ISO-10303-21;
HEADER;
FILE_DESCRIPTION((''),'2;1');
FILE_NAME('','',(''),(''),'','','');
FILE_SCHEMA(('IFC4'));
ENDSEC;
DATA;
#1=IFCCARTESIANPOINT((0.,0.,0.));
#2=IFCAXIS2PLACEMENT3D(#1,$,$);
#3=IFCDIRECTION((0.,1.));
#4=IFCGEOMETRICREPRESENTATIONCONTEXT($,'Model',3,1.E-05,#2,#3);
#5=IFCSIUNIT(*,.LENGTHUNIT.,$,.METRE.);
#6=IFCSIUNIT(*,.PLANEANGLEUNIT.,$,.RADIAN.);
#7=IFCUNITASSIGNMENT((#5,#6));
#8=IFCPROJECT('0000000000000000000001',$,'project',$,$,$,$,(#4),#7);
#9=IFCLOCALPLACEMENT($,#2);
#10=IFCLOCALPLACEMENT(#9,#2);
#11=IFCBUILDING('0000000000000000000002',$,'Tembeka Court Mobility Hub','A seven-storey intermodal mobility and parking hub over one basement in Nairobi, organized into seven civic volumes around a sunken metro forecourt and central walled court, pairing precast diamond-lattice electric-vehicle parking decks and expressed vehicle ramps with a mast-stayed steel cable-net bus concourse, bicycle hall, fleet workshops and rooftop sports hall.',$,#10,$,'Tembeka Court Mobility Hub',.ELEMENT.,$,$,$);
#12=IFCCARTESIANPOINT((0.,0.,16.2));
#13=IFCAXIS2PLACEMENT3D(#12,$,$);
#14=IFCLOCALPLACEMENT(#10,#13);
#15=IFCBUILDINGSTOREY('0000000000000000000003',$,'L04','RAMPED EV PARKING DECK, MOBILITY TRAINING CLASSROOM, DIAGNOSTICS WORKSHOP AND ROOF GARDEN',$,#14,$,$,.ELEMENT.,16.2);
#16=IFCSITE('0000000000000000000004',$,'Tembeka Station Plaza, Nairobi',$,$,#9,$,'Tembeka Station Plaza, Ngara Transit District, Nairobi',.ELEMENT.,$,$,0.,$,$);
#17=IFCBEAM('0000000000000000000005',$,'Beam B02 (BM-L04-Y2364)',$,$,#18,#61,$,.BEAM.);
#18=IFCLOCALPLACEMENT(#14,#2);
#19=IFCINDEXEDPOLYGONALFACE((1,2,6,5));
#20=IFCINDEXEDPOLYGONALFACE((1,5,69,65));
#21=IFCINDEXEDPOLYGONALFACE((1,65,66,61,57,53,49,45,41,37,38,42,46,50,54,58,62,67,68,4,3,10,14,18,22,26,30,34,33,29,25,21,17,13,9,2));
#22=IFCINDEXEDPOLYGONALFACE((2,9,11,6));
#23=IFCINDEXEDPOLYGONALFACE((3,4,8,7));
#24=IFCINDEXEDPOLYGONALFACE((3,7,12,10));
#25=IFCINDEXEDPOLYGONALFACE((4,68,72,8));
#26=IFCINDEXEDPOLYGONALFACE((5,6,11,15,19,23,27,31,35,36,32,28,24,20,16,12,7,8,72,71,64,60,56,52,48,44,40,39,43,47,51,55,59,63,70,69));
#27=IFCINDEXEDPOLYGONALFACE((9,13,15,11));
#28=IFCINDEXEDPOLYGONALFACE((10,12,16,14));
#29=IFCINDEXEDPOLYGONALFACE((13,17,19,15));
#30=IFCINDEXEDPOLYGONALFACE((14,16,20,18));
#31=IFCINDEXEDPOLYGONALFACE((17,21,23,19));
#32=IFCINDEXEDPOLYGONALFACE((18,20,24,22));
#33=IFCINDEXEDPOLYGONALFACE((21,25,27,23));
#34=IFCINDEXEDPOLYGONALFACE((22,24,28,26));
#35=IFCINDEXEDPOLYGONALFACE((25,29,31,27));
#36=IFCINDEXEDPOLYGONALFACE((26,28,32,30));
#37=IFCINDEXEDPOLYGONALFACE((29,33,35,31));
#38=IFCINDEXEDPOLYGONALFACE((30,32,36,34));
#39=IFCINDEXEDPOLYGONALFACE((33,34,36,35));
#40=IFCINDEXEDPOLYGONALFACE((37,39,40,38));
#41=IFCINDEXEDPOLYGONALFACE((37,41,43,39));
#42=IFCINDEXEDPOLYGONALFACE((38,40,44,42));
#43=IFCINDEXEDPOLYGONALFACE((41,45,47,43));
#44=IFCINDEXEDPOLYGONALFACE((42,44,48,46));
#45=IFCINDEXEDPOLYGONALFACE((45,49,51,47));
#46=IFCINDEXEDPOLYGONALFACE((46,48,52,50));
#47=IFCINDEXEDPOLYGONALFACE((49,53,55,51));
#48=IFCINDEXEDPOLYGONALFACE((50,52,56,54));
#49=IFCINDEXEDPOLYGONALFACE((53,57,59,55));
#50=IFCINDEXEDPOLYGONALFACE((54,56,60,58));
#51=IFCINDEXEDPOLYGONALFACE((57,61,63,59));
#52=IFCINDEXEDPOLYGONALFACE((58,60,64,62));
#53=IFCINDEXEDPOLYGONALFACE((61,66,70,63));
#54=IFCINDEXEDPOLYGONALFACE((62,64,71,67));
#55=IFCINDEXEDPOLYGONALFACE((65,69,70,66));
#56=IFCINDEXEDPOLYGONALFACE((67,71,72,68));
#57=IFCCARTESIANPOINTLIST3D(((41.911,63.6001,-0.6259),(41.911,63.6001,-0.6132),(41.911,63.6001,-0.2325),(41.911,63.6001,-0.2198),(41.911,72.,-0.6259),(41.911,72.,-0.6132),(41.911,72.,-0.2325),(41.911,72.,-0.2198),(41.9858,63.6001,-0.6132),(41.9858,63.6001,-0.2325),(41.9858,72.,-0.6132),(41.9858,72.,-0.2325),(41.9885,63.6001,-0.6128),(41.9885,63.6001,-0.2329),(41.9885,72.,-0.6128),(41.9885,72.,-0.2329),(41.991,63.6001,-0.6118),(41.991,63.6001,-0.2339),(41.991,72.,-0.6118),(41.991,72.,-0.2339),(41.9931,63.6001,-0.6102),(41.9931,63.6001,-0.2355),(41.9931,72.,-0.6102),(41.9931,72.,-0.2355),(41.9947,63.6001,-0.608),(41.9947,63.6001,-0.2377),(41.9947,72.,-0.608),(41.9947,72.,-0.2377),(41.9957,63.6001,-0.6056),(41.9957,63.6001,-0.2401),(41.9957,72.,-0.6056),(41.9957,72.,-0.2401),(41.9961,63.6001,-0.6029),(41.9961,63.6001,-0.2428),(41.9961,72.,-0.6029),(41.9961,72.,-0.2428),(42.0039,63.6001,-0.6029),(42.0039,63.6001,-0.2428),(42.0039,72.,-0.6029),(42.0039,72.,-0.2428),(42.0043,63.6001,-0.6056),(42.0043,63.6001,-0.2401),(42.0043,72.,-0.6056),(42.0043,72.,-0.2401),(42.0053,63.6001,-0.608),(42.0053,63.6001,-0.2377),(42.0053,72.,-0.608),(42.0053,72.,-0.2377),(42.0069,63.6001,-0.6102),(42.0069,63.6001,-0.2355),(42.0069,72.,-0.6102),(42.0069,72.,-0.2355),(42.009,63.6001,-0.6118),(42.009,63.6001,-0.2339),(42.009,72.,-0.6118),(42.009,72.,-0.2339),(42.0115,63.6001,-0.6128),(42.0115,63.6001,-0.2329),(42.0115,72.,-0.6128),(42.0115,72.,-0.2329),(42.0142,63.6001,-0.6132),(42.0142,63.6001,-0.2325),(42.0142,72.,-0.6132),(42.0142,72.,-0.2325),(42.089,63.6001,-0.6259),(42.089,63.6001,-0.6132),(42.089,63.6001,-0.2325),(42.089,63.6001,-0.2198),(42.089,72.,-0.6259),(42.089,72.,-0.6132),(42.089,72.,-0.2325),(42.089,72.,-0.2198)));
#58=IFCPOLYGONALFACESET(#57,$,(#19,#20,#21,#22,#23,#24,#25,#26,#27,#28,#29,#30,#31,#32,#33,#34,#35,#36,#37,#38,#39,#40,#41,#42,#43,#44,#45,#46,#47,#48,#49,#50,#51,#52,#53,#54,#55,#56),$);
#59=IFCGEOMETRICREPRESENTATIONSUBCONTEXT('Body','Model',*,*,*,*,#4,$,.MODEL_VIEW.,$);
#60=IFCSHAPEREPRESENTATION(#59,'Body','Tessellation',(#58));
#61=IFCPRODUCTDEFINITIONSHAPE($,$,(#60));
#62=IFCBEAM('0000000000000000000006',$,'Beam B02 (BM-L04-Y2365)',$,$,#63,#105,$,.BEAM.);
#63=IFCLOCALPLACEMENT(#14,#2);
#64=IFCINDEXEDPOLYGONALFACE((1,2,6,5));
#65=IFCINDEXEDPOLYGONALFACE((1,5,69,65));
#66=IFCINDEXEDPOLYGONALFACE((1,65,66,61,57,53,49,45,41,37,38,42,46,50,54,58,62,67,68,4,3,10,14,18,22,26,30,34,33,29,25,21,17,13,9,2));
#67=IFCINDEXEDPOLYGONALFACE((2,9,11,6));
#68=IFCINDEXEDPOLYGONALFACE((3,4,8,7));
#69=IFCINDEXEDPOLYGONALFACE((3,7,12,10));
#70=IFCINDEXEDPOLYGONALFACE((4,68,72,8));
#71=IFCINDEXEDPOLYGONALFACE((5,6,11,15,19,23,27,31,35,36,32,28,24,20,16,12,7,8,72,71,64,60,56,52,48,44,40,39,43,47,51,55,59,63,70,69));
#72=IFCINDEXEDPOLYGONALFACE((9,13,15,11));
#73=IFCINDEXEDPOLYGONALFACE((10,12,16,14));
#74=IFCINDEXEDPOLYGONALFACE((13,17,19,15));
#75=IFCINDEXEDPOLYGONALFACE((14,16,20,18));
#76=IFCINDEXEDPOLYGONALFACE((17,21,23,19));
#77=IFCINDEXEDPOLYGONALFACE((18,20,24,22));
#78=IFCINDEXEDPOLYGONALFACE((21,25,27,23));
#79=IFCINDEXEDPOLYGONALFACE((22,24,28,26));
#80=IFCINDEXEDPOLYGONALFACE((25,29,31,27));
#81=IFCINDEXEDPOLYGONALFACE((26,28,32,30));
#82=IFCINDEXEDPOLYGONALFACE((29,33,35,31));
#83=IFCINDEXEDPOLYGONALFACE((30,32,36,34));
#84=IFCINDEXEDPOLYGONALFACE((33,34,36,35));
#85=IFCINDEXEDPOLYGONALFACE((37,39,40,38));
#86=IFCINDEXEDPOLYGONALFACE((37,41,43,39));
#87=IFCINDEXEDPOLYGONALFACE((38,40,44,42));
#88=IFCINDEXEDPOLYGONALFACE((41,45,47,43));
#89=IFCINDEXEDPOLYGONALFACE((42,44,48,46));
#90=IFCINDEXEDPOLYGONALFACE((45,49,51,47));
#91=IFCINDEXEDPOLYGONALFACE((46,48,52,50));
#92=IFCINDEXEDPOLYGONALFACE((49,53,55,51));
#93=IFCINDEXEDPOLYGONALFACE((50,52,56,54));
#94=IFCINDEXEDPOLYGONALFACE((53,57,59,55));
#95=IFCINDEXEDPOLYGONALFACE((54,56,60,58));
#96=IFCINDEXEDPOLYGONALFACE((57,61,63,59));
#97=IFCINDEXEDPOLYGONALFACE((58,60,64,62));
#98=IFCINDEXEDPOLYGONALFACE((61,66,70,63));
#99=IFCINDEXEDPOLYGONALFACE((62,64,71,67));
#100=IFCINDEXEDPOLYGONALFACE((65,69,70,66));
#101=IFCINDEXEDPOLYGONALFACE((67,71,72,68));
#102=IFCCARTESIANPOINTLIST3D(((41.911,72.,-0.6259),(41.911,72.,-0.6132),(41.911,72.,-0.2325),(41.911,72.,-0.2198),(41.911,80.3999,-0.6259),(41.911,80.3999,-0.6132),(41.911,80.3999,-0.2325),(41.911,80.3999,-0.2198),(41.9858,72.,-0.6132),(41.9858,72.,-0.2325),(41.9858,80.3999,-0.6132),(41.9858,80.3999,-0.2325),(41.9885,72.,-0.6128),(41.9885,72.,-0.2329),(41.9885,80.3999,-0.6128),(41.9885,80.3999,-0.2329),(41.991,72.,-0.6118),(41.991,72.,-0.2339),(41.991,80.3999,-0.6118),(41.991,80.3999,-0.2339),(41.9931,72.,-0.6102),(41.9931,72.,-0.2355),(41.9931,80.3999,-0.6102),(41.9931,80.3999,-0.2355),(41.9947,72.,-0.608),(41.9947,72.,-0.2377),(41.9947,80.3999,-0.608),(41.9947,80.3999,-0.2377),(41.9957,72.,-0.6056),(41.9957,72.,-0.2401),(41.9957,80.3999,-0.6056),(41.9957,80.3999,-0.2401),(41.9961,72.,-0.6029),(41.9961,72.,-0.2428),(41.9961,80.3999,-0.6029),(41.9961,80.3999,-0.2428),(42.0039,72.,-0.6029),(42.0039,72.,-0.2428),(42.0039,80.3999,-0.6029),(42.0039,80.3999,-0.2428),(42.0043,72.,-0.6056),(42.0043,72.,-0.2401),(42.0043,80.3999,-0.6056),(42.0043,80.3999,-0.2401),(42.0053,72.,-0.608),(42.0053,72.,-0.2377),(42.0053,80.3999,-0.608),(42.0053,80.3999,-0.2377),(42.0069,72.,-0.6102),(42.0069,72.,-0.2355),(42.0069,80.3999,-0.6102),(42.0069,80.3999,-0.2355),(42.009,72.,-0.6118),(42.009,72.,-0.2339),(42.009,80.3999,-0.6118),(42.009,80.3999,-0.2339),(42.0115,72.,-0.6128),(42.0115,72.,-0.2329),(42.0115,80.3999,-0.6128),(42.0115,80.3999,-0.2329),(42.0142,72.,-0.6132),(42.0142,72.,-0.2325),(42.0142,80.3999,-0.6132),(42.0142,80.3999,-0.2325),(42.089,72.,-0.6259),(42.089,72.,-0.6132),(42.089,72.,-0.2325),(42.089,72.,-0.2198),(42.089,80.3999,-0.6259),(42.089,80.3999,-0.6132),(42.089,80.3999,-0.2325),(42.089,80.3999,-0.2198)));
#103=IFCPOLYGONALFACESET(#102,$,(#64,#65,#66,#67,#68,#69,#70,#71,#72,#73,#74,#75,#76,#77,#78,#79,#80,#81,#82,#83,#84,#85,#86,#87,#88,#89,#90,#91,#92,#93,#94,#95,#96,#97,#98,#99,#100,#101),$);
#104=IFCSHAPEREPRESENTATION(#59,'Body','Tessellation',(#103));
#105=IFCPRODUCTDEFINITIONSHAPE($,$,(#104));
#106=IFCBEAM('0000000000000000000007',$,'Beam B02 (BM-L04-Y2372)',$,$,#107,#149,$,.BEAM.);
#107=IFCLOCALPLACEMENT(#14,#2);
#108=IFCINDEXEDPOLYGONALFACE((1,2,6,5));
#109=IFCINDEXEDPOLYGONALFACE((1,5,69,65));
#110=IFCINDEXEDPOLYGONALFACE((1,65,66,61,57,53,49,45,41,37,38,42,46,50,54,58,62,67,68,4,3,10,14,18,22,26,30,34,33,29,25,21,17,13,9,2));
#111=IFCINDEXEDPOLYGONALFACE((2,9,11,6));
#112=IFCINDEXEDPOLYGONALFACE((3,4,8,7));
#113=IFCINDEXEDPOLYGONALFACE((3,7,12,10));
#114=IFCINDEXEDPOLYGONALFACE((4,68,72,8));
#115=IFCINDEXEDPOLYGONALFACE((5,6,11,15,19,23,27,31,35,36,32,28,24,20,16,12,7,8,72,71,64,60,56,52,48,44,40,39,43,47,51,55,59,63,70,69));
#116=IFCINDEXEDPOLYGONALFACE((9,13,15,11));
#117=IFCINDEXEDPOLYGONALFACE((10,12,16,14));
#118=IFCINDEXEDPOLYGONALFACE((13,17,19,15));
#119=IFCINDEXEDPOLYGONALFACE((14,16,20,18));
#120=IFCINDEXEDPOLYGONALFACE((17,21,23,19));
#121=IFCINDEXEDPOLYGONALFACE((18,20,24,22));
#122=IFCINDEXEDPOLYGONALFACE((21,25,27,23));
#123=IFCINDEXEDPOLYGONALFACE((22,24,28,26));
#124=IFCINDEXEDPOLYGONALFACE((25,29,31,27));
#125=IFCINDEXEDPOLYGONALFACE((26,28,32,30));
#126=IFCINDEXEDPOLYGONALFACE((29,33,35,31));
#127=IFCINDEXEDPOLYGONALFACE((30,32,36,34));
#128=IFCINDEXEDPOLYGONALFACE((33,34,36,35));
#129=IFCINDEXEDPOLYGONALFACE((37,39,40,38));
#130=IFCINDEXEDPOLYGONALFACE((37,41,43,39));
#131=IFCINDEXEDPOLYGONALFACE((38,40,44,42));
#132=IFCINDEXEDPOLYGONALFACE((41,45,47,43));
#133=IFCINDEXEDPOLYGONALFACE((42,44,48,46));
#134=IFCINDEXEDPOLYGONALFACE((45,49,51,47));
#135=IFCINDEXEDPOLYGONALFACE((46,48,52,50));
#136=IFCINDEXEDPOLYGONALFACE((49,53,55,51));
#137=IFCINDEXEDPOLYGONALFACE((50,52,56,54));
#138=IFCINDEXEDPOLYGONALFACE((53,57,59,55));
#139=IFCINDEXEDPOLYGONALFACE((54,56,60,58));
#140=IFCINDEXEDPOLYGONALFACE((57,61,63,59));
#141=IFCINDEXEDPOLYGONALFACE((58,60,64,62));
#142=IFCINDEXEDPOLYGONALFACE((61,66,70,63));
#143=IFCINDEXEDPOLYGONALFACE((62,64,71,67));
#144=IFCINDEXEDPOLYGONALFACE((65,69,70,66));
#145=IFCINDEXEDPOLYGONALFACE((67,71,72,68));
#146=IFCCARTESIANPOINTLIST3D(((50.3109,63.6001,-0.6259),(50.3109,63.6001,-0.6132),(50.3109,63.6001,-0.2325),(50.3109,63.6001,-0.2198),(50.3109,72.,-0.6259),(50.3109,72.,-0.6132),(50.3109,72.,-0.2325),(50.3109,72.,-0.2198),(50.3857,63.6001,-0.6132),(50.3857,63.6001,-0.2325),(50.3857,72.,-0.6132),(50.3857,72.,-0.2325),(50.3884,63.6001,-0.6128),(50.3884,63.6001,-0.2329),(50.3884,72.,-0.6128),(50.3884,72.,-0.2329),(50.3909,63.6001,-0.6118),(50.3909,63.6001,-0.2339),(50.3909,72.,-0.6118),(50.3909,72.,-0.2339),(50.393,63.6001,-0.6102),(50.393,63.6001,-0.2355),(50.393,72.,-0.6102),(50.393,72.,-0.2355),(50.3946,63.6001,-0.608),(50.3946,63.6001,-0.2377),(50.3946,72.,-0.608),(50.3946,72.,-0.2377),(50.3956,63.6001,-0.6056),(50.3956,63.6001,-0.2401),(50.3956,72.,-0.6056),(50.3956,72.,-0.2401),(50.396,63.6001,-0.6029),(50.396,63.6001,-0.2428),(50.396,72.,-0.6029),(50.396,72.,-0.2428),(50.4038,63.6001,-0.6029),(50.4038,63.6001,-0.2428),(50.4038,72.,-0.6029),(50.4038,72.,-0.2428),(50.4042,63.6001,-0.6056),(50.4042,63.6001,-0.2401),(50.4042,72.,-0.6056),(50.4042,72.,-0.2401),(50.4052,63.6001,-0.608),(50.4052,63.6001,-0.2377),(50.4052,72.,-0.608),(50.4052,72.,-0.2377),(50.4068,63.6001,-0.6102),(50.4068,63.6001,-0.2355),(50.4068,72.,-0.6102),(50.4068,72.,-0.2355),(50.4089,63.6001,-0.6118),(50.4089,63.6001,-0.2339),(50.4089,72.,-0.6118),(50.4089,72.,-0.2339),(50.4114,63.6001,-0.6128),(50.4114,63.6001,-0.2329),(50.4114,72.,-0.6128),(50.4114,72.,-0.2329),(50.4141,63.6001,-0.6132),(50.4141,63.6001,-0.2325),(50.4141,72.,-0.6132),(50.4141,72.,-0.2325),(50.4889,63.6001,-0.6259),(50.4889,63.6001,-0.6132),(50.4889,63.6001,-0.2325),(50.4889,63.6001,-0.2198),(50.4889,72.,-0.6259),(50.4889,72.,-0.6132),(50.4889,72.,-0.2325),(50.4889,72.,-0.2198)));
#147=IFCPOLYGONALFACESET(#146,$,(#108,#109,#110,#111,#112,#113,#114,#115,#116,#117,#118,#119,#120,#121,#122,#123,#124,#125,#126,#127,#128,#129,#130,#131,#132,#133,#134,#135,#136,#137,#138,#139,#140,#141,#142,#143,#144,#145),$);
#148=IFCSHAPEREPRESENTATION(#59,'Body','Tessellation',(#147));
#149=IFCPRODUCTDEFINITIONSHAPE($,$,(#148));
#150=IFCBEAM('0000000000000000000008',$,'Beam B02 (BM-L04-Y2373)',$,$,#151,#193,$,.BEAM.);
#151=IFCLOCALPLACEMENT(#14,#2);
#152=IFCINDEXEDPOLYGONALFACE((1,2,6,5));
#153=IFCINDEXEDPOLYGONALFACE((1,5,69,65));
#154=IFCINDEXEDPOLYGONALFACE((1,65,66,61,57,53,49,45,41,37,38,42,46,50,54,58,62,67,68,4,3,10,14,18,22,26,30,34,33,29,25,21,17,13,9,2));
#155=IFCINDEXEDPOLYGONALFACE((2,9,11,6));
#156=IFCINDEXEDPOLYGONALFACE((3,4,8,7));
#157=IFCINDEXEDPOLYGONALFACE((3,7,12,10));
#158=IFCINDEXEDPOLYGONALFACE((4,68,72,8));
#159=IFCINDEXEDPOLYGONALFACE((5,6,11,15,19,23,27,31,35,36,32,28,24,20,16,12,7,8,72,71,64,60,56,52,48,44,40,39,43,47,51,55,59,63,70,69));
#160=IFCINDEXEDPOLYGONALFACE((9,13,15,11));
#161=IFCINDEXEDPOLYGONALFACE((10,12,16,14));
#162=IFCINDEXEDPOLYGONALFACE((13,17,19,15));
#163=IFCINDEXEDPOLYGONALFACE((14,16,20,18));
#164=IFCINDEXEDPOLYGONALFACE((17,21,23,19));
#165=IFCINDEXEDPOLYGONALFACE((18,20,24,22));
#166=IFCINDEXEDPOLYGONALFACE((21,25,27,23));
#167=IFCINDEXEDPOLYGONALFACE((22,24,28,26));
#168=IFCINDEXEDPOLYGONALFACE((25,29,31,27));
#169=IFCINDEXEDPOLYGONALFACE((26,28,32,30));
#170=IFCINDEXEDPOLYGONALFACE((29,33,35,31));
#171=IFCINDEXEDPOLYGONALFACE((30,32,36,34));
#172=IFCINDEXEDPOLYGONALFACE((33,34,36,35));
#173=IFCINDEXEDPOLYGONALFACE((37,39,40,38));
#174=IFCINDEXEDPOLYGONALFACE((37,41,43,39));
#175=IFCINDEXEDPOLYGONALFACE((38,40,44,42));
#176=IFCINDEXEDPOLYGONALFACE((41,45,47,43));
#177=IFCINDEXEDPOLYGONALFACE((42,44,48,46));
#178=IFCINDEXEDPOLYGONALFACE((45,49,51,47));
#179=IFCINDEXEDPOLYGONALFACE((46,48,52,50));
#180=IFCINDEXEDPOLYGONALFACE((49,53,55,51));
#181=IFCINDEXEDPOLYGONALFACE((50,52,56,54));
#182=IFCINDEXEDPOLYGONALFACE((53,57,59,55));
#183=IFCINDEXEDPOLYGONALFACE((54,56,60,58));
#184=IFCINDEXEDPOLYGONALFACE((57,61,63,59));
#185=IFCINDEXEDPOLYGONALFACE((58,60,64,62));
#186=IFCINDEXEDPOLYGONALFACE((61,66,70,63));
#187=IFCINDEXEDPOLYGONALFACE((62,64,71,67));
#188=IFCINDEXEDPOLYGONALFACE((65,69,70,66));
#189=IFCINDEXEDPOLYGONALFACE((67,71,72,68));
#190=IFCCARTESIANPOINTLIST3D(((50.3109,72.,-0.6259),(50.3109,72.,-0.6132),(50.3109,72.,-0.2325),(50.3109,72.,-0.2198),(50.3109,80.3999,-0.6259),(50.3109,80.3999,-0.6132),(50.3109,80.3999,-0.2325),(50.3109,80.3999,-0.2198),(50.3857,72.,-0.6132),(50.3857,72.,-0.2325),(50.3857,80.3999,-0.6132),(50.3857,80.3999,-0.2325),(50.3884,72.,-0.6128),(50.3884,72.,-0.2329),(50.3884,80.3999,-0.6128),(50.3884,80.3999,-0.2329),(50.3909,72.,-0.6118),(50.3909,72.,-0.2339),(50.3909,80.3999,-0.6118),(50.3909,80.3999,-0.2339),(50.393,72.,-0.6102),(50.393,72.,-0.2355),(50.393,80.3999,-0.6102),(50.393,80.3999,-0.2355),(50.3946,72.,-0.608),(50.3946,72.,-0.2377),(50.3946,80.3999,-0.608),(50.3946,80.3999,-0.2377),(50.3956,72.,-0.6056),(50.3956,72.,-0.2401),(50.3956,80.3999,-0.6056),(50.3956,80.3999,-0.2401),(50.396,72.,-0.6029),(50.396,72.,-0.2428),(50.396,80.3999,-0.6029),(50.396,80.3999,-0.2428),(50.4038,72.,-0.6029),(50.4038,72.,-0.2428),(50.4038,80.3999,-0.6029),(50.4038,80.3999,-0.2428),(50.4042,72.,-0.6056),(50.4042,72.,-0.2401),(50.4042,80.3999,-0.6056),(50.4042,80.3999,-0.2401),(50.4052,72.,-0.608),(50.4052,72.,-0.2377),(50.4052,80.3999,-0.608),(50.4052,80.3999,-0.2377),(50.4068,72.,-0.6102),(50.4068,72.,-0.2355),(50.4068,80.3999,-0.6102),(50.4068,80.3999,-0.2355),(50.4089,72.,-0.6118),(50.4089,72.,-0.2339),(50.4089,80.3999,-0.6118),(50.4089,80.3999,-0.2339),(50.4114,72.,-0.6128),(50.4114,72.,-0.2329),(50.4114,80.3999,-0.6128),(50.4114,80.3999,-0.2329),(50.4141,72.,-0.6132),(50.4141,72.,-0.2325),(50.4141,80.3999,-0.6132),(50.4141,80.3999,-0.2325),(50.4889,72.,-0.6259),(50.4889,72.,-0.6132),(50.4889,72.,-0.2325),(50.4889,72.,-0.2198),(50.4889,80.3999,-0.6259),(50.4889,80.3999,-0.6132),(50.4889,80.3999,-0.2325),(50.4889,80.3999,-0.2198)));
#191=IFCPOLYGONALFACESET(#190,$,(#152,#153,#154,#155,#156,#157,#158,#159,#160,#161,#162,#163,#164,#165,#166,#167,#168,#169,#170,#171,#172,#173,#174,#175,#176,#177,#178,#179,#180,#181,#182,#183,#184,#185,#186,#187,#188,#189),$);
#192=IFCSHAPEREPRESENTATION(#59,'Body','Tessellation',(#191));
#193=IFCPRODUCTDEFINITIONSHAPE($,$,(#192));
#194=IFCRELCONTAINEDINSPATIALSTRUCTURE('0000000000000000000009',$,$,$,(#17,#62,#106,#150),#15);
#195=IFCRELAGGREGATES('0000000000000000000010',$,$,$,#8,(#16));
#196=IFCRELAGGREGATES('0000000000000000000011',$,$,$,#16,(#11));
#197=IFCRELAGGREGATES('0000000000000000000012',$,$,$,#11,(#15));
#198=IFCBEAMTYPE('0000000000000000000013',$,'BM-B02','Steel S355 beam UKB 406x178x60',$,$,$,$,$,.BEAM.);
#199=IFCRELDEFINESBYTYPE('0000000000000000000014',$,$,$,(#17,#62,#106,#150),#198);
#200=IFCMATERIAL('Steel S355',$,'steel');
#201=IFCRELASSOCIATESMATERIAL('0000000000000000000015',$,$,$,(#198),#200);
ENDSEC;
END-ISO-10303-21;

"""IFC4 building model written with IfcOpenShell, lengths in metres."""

from ifc_helpers import new_model, si_unit, direction, frame, origin, origin_2d, place, context, subcontext, project, spatial, i_section, extrude, material, material_profile, profile_set, type_object, element, save


model = new_model("IFC4")

# Units and contexts
model_context = context("Model", 3, precision=1e-05, world=origin(), true_north=direction((0.0, 1.0)))
body_context = subcontext(model_context, "Body", "Model", "MODEL_VIEW")
ifc_project = project(units=[si_unit("LENGTHUNIT", "METRE"), si_unit("PLANEANGLEUNIT", "RADIAN")], contexts=[model_context])

# Site, building, storey
site_placement = place(None, origin())
site = spatial("IfcSite", under=ifc_project, at=site_placement, Name="Tembeka Station Plaza, Nairobi", LongName="Tembeka Station Plaza, Ngara Transit District, Nairobi", CompositionType="ELEMENT", RefElevation=0.0)
building_placement = place(site_placement, origin())
building = spatial("IfcBuilding", under=site, at=building_placement, Name="Tembeka Court Mobility Hub", Description="A seven-storey intermodal mobility and parking hub over one basement in Nairobi, organized into seven civic volumes around a sunken metro forecourt and central walled court, pairing precast diamond-lattice electric-vehicle parking decks and expressed vehicle ramps with a mast-stayed steel cable-net bus concourse, bicycle hall, fleet workshops and rooftop sports hall.", LongName="Tembeka Court Mobility Hub", CompositionType="ELEMENT")
storey_placement = place(building_placement, frame((0.0, 0.0, 16.2)))
storey = spatial("IfcBuildingStorey", under=building, at=storey_placement, Name="L04", Description="RAMPED EV PARKING DECK, MOBILITY TRAINING CLASSROOM, DIAGNOSTICS WORKSHOP AND ROOF GARDEN", CompositionType="ELEMENT", Elevation=16.2)

# Shared definitions
ifc_material_1 = material(Name="Steel S355", Category="steel")

# Beams
ifc_material_profile_1 = material_profile(ifc_material_1, i_section(OverallWidth=0.178, OverallDepth=0.406, WebThickness=0.0078, FlangeThickness=0.0127, FilletRadius=0.0103, at=origin_2d()), Name="UKB 406x178x60")
ifc_profile_set_1 = profile_set([ifc_material_profile_1], Name="Steel S355")
beam_type_1 = type_object("IfcBeamType", Name="BM-B02", Description="Steel S355 beam UKB 406x178x60", PredefinedType="BEAM", material=ifc_profile_set_1)
for number, where, z_axis, x_axis, name in (
    (1, (42.0, 63.6001, -0.4229), (0.0, 1.0, 0.0), (-1.0, 0.0, 0.0), "Beam B02 (BM-L04-Y2364)"),
    (2, (42.0, 72.0, -0.4229), (0.0, 1.0, 0.0), (-1.0, 0.0, 0.0), "Beam B02 (BM-L04-Y2365)"),
    (3, (50.3999, 63.6001, -0.4229), (0.0, 1.0, 0.0), (-1.0, 0.0, 0.0), "Beam B02 (BM-L04-Y2372)"),
    (4, (50.3999, 72.0, -0.4229), (0.0, 1.0, 0.0), (-1.0, 0.0, 0.0), "Beam B02 (BM-L04-Y2373)"),
):
    element("IfcBeam", number, at=place(storey_placement, frame(where, z_axis=z_axis, x_axis=x_axis)), inside=storey, type_object=beam_type_1, Name=name, PredefinedType="BEAM", context=body_context, shape_type="SweptSolid", body=[
        extrude(i_section(OverallWidth=0.178, OverallDepth=0.406, WebThickness=0.0078, FlangeThickness=0.0127, FilletRadius=0.0103, at=origin_2d()), origin(), (0.0, 0.0, 1.0), 8.3999),
    ])

save(model, "model.ifc")
